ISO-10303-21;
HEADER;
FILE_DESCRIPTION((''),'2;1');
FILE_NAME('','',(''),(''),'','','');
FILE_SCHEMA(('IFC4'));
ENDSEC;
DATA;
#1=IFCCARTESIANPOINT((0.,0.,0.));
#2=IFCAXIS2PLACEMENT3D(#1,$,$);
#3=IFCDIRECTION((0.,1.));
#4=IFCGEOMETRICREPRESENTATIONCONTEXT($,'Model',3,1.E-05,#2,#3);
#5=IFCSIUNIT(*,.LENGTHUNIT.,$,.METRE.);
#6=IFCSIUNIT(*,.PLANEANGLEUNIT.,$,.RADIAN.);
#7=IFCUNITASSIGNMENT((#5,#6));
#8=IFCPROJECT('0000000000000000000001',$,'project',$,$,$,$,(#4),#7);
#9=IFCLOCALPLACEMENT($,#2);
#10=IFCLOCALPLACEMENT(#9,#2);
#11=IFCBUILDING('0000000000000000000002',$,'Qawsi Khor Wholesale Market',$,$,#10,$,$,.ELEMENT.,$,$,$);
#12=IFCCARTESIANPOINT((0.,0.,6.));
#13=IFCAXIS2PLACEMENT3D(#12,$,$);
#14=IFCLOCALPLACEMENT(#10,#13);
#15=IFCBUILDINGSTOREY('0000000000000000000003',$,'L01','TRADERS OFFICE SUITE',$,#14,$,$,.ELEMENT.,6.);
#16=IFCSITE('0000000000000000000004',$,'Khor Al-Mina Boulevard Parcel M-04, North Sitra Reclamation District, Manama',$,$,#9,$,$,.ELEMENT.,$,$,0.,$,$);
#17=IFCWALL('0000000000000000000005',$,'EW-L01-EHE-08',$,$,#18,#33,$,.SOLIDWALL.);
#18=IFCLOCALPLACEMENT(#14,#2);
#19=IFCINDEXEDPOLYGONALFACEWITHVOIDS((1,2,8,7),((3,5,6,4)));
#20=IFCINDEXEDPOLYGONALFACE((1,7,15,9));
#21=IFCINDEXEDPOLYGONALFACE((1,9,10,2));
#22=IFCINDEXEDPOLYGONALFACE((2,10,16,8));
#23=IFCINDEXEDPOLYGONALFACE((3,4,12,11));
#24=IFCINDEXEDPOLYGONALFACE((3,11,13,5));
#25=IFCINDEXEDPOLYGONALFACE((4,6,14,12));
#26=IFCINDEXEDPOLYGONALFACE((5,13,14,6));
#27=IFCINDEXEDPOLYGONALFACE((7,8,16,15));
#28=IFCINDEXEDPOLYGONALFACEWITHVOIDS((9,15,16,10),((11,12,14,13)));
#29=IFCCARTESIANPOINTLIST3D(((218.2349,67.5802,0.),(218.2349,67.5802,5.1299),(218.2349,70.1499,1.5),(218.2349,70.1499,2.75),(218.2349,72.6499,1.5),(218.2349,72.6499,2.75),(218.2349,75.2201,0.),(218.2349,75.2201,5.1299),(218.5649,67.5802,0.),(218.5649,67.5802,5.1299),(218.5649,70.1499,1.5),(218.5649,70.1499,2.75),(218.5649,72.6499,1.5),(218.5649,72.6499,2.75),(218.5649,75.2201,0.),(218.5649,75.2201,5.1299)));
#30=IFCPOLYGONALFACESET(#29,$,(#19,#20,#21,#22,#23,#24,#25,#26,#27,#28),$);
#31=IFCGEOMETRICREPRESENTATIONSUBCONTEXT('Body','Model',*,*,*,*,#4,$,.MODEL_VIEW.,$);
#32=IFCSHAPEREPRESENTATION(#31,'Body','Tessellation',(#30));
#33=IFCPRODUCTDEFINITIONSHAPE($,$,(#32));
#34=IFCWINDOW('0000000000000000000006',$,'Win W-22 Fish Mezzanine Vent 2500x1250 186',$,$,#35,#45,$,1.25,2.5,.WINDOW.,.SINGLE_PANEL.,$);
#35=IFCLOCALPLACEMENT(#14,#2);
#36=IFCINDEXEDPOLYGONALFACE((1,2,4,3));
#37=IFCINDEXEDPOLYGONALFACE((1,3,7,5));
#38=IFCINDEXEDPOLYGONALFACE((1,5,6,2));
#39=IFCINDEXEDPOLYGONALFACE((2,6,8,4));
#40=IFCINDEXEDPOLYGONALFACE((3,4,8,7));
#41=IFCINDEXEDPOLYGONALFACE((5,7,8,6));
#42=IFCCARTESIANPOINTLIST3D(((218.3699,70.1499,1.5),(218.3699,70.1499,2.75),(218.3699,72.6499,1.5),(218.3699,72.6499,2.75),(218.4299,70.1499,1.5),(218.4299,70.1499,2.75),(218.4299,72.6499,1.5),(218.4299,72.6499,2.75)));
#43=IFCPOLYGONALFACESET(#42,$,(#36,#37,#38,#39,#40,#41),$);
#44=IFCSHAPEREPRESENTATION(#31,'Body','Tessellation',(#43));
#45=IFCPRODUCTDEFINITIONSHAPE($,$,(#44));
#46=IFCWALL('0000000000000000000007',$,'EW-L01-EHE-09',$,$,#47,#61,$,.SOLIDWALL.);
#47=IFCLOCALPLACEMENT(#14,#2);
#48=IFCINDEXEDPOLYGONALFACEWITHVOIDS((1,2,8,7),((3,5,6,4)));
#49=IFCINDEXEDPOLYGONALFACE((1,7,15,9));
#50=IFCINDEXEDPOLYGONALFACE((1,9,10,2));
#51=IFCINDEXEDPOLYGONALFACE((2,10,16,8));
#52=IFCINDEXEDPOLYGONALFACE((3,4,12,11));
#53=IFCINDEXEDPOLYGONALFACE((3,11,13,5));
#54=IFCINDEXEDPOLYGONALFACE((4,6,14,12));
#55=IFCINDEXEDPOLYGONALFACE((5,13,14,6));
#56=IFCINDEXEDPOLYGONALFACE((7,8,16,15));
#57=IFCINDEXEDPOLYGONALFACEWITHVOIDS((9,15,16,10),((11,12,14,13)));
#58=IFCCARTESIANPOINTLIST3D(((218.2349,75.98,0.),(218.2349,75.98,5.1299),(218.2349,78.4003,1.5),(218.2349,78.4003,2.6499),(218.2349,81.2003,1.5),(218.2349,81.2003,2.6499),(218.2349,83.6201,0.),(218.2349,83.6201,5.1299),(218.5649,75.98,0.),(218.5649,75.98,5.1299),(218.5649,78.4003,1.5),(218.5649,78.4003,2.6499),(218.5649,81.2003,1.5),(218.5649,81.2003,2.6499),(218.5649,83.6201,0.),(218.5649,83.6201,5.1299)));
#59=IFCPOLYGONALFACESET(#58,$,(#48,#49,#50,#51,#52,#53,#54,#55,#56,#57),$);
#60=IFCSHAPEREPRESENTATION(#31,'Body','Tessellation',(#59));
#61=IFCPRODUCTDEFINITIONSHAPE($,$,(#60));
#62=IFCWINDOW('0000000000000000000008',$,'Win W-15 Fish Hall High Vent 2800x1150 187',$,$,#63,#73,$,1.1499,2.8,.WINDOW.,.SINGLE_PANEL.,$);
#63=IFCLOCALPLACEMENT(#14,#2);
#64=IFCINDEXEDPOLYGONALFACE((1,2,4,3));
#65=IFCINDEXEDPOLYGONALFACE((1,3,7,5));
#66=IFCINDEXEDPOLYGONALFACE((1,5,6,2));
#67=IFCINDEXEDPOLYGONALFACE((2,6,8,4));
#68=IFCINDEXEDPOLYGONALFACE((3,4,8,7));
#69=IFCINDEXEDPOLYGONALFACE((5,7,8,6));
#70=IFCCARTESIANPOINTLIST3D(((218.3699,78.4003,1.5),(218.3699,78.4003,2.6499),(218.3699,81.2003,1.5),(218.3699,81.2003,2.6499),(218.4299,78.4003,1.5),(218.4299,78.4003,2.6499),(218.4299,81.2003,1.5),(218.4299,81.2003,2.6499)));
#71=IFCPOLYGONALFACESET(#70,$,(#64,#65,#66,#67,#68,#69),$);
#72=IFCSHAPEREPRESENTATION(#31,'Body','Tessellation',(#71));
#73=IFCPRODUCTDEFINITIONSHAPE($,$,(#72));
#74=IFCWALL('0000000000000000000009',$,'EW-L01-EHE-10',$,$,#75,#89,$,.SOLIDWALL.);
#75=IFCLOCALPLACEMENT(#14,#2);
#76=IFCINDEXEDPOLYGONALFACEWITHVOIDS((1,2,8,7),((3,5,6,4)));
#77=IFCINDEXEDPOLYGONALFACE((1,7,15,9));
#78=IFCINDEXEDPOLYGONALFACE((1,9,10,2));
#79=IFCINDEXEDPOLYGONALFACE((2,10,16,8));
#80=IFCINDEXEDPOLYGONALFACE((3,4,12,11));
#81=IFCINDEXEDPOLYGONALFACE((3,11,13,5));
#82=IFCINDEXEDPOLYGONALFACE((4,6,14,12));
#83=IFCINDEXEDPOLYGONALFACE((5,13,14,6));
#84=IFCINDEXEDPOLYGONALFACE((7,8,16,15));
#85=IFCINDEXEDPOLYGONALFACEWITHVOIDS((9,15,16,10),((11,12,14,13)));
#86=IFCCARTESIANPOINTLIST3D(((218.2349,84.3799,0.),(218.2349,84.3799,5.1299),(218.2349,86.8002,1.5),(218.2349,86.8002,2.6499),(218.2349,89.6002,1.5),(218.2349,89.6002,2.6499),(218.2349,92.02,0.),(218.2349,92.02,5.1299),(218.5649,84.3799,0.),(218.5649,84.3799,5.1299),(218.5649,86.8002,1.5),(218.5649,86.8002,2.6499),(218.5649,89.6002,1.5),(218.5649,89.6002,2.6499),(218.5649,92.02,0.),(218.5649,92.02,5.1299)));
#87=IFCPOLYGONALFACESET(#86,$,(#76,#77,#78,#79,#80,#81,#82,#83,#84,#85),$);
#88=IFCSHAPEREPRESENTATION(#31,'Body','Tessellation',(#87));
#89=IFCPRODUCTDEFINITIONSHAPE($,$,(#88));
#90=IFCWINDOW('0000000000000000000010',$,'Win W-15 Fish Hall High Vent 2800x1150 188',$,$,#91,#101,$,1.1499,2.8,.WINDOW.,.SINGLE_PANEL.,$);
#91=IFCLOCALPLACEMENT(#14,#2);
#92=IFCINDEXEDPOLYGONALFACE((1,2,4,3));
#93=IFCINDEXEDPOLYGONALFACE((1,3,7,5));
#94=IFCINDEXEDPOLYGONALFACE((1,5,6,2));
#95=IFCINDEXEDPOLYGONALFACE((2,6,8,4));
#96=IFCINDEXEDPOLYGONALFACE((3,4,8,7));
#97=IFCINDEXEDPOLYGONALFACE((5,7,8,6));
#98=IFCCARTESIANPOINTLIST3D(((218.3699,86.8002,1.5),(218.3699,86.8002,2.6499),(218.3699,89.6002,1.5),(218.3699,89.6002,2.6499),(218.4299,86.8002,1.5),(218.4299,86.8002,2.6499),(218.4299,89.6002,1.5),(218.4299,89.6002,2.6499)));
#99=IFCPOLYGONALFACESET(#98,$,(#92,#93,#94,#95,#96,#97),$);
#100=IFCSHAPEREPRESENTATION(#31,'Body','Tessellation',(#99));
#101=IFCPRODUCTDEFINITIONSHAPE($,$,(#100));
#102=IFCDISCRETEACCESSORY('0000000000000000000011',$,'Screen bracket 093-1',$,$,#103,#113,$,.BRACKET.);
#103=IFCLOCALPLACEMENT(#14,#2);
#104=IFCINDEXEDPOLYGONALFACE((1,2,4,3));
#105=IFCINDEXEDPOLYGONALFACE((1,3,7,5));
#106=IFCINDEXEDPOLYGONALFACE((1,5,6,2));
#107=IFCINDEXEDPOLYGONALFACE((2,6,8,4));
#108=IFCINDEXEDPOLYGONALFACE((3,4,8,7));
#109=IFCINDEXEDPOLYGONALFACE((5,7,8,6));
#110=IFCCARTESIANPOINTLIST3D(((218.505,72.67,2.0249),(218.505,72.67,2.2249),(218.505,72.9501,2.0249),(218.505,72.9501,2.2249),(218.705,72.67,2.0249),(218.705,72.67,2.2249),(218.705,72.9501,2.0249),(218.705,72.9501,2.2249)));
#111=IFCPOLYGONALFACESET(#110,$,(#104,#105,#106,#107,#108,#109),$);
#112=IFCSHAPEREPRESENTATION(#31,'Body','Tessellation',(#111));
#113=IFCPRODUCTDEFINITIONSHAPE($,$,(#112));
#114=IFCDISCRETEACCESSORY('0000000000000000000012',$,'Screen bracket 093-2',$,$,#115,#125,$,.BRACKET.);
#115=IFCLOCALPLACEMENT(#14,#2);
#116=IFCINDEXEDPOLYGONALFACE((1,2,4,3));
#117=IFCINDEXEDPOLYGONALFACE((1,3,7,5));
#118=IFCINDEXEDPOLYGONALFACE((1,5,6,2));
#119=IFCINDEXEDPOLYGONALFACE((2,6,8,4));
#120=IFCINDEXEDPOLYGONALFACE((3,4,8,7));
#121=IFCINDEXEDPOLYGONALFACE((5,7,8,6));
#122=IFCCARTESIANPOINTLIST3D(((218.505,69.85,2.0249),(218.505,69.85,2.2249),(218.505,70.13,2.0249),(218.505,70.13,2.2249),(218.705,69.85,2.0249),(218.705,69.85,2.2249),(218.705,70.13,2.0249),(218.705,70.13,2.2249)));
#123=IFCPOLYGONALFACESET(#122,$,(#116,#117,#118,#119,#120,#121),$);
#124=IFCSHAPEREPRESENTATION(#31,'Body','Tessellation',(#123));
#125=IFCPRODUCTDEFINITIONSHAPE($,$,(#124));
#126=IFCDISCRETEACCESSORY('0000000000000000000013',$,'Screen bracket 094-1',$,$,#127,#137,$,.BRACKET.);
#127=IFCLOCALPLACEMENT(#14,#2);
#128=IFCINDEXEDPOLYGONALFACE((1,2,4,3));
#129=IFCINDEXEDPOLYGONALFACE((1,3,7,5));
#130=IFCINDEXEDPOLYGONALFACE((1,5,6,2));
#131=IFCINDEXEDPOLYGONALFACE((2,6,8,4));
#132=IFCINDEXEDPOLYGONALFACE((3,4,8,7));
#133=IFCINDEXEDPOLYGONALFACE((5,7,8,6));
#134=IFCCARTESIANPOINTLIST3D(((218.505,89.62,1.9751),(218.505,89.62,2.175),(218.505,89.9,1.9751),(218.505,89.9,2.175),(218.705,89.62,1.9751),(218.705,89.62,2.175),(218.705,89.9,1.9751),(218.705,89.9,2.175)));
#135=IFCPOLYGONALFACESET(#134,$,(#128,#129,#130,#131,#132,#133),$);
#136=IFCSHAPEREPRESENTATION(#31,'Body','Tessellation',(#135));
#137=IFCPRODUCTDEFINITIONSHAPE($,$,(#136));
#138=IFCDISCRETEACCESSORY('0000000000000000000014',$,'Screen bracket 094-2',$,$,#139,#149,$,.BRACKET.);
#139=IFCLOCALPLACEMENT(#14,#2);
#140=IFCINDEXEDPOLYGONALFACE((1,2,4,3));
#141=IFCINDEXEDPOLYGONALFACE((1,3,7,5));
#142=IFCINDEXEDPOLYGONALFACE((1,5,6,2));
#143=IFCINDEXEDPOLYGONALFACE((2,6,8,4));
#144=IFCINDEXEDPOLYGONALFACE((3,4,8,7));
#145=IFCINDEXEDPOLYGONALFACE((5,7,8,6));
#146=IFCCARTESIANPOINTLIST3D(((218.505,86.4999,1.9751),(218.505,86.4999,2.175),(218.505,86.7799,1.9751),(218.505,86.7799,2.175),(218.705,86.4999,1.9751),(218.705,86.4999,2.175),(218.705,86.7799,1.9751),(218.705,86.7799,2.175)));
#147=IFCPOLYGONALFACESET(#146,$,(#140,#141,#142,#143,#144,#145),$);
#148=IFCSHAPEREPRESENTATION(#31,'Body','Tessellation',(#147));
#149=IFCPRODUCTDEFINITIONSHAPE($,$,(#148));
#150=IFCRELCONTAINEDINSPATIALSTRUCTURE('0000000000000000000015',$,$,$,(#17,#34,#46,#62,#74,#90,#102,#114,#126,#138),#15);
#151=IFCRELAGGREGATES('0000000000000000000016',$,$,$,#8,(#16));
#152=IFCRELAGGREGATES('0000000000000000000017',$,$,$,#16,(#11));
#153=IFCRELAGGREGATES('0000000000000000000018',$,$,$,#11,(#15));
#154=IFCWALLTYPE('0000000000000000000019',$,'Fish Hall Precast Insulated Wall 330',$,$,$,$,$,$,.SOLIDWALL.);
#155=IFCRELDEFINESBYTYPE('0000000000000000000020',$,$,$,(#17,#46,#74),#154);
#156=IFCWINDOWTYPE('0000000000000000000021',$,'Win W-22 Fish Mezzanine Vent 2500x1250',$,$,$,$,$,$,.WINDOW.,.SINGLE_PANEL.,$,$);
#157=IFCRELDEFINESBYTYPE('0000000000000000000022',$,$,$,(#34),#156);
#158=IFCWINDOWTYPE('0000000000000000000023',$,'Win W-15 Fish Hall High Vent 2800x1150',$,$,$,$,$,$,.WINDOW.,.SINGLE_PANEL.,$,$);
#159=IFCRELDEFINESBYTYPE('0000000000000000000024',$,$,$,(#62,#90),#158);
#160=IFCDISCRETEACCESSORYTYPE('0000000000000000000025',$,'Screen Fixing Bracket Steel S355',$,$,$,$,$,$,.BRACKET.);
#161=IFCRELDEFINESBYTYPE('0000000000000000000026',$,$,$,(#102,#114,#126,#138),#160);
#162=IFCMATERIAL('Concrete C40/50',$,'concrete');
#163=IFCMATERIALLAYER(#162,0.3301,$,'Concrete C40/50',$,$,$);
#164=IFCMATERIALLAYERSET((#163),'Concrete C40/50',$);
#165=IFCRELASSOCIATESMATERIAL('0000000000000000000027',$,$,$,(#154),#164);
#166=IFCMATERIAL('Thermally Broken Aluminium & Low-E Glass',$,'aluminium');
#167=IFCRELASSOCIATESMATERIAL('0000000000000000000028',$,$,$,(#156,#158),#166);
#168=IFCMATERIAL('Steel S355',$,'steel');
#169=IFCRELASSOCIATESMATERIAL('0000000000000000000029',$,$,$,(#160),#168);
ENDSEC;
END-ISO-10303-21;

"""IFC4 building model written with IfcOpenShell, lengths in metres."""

from ifc_helpers import new_model, si_unit, direction, frame, frame_2d, origin, origin_2d, place, context, subcontext, project, spatial, rectangle, extrude, material, layer, layer_set, type_object, element, fill, save


model = new_model("IFC4")

# Units and contexts
model_context = context("Model", 3, precision=1e-05, world=origin(), true_north=direction((0.0, 1.0)))
body_context = subcontext(model_context, "Body", "Model", "MODEL_VIEW")
ifc_project = project(units=[si_unit("LENGTHUNIT", "METRE"), si_unit("PLANEANGLEUNIT", "RADIAN")], contexts=[model_context])

# Site, building, storey
site_placement = place(None, origin())
site = spatial("IfcSite", under=ifc_project, at=site_placement, Name="Khor Al-Mina Boulevard Parcel M-04, North Sitra Reclamation District, Manama", CompositionType="ELEMENT", RefElevation=0.0)
building_placement = place(site_placement, origin())
building = spatial("IfcBuilding", under=site, at=building_placement, Name="Qawsi Khor Wholesale Market", CompositionType="ELEMENT")
storey_placement = place(building_placement, frame((0.0, 0.0, 6.0)))
storey = spatial("IfcBuildingStorey", under=building, at=storey_placement, Name="L01", Description="TRADERS OFFICE SUITE", CompositionType="ELEMENT", Elevation=6.0)

# Shared definitions
ifc_material_1 = material(Name="Concrete C40/50", Category="concrete")

# Shared definitions
ifc_material_2 = material(Name="Steel S355", Category="steel")

# Walls, openings, windows
ifc_layer_1 = layer(ifc_material_1, 0.3301, Name="Concrete C40/50")
ifc_layer_set_1 = layer_set([ifc_layer_1], Name="Concrete C40/50")
wall_type = type_object("IfcWallType", Name="Fish Hall Precast Insulated Wall 330", PredefinedType="SOLIDWALL", material=ifc_layer_set_1)
wall_1_placement = place(storey_placement, frame((218.3999, 75.22, 0.0), z_axis=(0.0, 0.0, 1.0), x_axis=(0.0, -1.0, 0.0)))
wall_1 = element("IfcWall", 1, at=wall_1_placement, inside=storey, type_object=wall_type, Name="EW-L01-EHE-08", PredefinedType="SOLIDWALL", context=body_context, shape_type="SweptSolid", body=[
    extrude(rectangle(XDim=7.6399, YDim=0.3301, at=frame_2d((3.8198, 0.0))), origin(), (0.0, 0.0, 1.0), 5.1299),
])
opening_1_placement = place(wall_1_placement, frame((2.5701, 0.0, 1.5)))
opening_1 = element("IfcOpeningElement", 2, at=opening_1_placement, cuts=wall_1, PredefinedType="OPENING", context=body_context, shape_type="SweptSolid", body=[
    extrude(rectangle(XDim=2.5, YDim=1.25, at=frame_2d((1.25, 0.625))), frame((0.0, 0.175, 0.0), z_axis=(0.0, -1.0, 0.0), x_axis=(1.0, 0.0, 0.0)), (0.0, 0.0, 1.0), 0.3501),
])
ifc_material_3 = material(Name="Thermally Broken Aluminium & Low-E Glass", Category="aluminium")
window_type_1 = type_object("IfcWindowType", Name="Win W-22 Fish Mezzanine Vent 2500x1250", PartitioningType="SINGLE_PANEL", PredefinedType="WINDOW", material=ifc_material_3)
window_1_placement = place(opening_1_placement, origin())
window_1 = element("IfcWindow", 3, at=window_1_placement, inside=storey, type_object=window_type_1, Name="Win W-22 Fish Mezzanine Vent 2500x1250 186", OverallHeight=1.25, OverallWidth=2.5, PartitioningType="SINGLE_PANEL", PredefinedType="WINDOW", context=body_context, shape_type="SweptSolid", body=[
    extrude(rectangle(XDim=2.5, YDim=1.25, at=frame_2d((1.25, 0.625))), frame((0.0, 0.03, 0.0), z_axis=(0.0, -1.0, 0.0), x_axis=(1.0, 0.0, 0.0)), (0.0, 0.0, 1.0), 0.0601),
])
fill(opening_1, window_1)
wall_2_placement = place(storey_placement, frame((218.3999, 83.6201, 0.0), z_axis=(0.0, 0.0, 1.0), x_axis=(0.0, -1.0, 0.0)))
wall_2 = element("IfcWall", 4, at=wall_2_placement, inside=storey, type_object=wall_type, Name="EW-L01-EHE-09", PredefinedType="SOLIDWALL", context=body_context, shape_type="SweptSolid", body=[
    extrude(rectangle(XDim=7.6401, YDim=0.3301, at=frame_2d((3.8201, 0.0))), origin(), (0.0, 0.0, 1.0), 5.1299),
])
opening_2_placement = place(wall_2_placement, frame((2.4199, 0.0, 1.5)))
opening_2 = element("IfcOpeningElement", 5, at=opening_2_placement, cuts=wall_2, PredefinedType="OPENING", context=body_context, shape_type="SweptSolid", body=[
    extrude(rectangle(XDim=2.8, YDim=1.1499, at=frame_2d((1.3999, 0.575))), frame((0.0, 0.175, 0.0), z_axis=(0.0, -1.0, 0.0), x_axis=(1.0, 0.0, 0.0)), (0.0, 0.0, 1.0), 0.3501),
])
window_type_2 = type_object("IfcWindowType", Name="Win W-15 Fish Hall High Vent 2800x1150", PartitioningType="SINGLE_PANEL", PredefinedType="WINDOW", material=ifc_material_3)
window_2_placement = place(opening_2_placement, origin())
window_2 = element("IfcWindow", 6, at=window_2_placement, inside=storey, type_object=window_type_2, Name="Win W-15 Fish Hall High Vent 2800x1150 187", OverallHeight=1.1499, OverallWidth=2.8, PartitioningType="SINGLE_PANEL", PredefinedType="WINDOW", context=body_context, shape_type="SweptSolid", body=[
    extrude(rectangle(XDim=2.8, YDim=1.1499, at=frame_2d((1.3999, 0.575))), frame((0.0, 0.03, 0.0), z_axis=(0.0, -1.0, 0.0), x_axis=(1.0, 0.0, 0.0)), (0.0, 0.0, 1.0), 0.0601),
])
fill(opening_2, window_2)
wall_3_placement = place(storey_placement, frame((218.3999, 92.02, 0.0), z_axis=(0.0, 0.0, 1.0), x_axis=(0.0, -1.0, 0.0)))
wall_3 = element("IfcWall", 7, at=wall_3_placement, inside=storey, type_object=wall_type, Name="EW-L01-EHE-10", PredefinedType="SOLIDWALL", context=body_context, shape_type="SweptSolid", body=[
    extrude(rectangle(XDim=7.6401, YDim=0.3301, at=frame_2d((3.8201, 0.0))), origin(), (0.0, 0.0, 1.0), 5.1299),
])
opening_3_placement = place(wall_3_placement, frame((2.4199, 0.0, 1.5)))
opening_3 = element("IfcOpeningElement", 8, at=opening_3_placement, cuts=wall_3, PredefinedType="OPENING", context=body_context, shape_type="SweptSolid", body=[
    extrude(rectangle(XDim=2.8, YDim=1.1499, at=frame_2d((1.3999, 0.575))), frame((0.0, 0.175, 0.0), z_axis=(0.0, -1.0, 0.0), x_axis=(1.0, 0.0, 0.0)), (0.0, 0.0, 1.0), 0.3501),
])
window_3_placement = place(opening_3_placement, origin())
window_3 = element("IfcWindow", 9, at=window_3_placement, inside=storey, type_object=window_type_2, Name="Win W-15 Fish Hall High Vent 2800x1150 188", OverallHeight=1.1499, OverallWidth=2.8, PartitioningType="SINGLE_PANEL", PredefinedType="WINDOW", context=body_context, shape_type="SweptSolid", body=[
    extrude(rectangle(XDim=2.8, YDim=1.1499, at=frame_2d((1.3999, 0.575))), frame((0.0, 0.03, 0.0), z_axis=(0.0, -1.0, 0.0), x_axis=(1.0, 0.0, 0.0)), (0.0, 0.0, 1.0), 0.0601),
])
fill(opening_3, window_3)

# Discrete accessories
discrete_accessory_type = type_object("IfcDiscreteAccessoryType", Name="Screen Fixing Bracket Steel S355", PredefinedType="BRACKET", material=ifc_material_2)
for number, where, z_axis, x_axis, name in (
    (10, (218.605, 72.8101, 2.0249), (0.0, 0.0, 1.0), (1.0, 0.0, 0.0), "Screen bracket 093-1"),
    (11, (218.605, 69.99, 2.0249), (0.0, 0.0, 1.0), (1.0, 0.0, 0.0), "Screen bracket 093-2"),
    (12, (218.605, 89.76, 1.9751), (0.0, 0.0, 1.0), (1.0, 0.0, 0.0), "Screen bracket 094-1"),
    (13, (218.605, 86.6399, 1.9751), (0.0, 0.0, 1.0), (1.0, 0.0, 0.0), "Screen bracket 094-2"),
):
    element("IfcDiscreteAccessory", number, at=place(storey_placement, frame(where, z_axis=z_axis, x_axis=x_axis)), inside=storey, type_object=discrete_accessory_type, Name=name, PredefinedType="BRACKET", context=body_context, shape_type="SweptSolid", body=[
        extrude(rectangle(XDim=0.2, YDim=0.28, at=origin_2d()), origin(), (0.0, 0.0, 1.0), 0.2),
    ])

save(model, "model.ifc")
